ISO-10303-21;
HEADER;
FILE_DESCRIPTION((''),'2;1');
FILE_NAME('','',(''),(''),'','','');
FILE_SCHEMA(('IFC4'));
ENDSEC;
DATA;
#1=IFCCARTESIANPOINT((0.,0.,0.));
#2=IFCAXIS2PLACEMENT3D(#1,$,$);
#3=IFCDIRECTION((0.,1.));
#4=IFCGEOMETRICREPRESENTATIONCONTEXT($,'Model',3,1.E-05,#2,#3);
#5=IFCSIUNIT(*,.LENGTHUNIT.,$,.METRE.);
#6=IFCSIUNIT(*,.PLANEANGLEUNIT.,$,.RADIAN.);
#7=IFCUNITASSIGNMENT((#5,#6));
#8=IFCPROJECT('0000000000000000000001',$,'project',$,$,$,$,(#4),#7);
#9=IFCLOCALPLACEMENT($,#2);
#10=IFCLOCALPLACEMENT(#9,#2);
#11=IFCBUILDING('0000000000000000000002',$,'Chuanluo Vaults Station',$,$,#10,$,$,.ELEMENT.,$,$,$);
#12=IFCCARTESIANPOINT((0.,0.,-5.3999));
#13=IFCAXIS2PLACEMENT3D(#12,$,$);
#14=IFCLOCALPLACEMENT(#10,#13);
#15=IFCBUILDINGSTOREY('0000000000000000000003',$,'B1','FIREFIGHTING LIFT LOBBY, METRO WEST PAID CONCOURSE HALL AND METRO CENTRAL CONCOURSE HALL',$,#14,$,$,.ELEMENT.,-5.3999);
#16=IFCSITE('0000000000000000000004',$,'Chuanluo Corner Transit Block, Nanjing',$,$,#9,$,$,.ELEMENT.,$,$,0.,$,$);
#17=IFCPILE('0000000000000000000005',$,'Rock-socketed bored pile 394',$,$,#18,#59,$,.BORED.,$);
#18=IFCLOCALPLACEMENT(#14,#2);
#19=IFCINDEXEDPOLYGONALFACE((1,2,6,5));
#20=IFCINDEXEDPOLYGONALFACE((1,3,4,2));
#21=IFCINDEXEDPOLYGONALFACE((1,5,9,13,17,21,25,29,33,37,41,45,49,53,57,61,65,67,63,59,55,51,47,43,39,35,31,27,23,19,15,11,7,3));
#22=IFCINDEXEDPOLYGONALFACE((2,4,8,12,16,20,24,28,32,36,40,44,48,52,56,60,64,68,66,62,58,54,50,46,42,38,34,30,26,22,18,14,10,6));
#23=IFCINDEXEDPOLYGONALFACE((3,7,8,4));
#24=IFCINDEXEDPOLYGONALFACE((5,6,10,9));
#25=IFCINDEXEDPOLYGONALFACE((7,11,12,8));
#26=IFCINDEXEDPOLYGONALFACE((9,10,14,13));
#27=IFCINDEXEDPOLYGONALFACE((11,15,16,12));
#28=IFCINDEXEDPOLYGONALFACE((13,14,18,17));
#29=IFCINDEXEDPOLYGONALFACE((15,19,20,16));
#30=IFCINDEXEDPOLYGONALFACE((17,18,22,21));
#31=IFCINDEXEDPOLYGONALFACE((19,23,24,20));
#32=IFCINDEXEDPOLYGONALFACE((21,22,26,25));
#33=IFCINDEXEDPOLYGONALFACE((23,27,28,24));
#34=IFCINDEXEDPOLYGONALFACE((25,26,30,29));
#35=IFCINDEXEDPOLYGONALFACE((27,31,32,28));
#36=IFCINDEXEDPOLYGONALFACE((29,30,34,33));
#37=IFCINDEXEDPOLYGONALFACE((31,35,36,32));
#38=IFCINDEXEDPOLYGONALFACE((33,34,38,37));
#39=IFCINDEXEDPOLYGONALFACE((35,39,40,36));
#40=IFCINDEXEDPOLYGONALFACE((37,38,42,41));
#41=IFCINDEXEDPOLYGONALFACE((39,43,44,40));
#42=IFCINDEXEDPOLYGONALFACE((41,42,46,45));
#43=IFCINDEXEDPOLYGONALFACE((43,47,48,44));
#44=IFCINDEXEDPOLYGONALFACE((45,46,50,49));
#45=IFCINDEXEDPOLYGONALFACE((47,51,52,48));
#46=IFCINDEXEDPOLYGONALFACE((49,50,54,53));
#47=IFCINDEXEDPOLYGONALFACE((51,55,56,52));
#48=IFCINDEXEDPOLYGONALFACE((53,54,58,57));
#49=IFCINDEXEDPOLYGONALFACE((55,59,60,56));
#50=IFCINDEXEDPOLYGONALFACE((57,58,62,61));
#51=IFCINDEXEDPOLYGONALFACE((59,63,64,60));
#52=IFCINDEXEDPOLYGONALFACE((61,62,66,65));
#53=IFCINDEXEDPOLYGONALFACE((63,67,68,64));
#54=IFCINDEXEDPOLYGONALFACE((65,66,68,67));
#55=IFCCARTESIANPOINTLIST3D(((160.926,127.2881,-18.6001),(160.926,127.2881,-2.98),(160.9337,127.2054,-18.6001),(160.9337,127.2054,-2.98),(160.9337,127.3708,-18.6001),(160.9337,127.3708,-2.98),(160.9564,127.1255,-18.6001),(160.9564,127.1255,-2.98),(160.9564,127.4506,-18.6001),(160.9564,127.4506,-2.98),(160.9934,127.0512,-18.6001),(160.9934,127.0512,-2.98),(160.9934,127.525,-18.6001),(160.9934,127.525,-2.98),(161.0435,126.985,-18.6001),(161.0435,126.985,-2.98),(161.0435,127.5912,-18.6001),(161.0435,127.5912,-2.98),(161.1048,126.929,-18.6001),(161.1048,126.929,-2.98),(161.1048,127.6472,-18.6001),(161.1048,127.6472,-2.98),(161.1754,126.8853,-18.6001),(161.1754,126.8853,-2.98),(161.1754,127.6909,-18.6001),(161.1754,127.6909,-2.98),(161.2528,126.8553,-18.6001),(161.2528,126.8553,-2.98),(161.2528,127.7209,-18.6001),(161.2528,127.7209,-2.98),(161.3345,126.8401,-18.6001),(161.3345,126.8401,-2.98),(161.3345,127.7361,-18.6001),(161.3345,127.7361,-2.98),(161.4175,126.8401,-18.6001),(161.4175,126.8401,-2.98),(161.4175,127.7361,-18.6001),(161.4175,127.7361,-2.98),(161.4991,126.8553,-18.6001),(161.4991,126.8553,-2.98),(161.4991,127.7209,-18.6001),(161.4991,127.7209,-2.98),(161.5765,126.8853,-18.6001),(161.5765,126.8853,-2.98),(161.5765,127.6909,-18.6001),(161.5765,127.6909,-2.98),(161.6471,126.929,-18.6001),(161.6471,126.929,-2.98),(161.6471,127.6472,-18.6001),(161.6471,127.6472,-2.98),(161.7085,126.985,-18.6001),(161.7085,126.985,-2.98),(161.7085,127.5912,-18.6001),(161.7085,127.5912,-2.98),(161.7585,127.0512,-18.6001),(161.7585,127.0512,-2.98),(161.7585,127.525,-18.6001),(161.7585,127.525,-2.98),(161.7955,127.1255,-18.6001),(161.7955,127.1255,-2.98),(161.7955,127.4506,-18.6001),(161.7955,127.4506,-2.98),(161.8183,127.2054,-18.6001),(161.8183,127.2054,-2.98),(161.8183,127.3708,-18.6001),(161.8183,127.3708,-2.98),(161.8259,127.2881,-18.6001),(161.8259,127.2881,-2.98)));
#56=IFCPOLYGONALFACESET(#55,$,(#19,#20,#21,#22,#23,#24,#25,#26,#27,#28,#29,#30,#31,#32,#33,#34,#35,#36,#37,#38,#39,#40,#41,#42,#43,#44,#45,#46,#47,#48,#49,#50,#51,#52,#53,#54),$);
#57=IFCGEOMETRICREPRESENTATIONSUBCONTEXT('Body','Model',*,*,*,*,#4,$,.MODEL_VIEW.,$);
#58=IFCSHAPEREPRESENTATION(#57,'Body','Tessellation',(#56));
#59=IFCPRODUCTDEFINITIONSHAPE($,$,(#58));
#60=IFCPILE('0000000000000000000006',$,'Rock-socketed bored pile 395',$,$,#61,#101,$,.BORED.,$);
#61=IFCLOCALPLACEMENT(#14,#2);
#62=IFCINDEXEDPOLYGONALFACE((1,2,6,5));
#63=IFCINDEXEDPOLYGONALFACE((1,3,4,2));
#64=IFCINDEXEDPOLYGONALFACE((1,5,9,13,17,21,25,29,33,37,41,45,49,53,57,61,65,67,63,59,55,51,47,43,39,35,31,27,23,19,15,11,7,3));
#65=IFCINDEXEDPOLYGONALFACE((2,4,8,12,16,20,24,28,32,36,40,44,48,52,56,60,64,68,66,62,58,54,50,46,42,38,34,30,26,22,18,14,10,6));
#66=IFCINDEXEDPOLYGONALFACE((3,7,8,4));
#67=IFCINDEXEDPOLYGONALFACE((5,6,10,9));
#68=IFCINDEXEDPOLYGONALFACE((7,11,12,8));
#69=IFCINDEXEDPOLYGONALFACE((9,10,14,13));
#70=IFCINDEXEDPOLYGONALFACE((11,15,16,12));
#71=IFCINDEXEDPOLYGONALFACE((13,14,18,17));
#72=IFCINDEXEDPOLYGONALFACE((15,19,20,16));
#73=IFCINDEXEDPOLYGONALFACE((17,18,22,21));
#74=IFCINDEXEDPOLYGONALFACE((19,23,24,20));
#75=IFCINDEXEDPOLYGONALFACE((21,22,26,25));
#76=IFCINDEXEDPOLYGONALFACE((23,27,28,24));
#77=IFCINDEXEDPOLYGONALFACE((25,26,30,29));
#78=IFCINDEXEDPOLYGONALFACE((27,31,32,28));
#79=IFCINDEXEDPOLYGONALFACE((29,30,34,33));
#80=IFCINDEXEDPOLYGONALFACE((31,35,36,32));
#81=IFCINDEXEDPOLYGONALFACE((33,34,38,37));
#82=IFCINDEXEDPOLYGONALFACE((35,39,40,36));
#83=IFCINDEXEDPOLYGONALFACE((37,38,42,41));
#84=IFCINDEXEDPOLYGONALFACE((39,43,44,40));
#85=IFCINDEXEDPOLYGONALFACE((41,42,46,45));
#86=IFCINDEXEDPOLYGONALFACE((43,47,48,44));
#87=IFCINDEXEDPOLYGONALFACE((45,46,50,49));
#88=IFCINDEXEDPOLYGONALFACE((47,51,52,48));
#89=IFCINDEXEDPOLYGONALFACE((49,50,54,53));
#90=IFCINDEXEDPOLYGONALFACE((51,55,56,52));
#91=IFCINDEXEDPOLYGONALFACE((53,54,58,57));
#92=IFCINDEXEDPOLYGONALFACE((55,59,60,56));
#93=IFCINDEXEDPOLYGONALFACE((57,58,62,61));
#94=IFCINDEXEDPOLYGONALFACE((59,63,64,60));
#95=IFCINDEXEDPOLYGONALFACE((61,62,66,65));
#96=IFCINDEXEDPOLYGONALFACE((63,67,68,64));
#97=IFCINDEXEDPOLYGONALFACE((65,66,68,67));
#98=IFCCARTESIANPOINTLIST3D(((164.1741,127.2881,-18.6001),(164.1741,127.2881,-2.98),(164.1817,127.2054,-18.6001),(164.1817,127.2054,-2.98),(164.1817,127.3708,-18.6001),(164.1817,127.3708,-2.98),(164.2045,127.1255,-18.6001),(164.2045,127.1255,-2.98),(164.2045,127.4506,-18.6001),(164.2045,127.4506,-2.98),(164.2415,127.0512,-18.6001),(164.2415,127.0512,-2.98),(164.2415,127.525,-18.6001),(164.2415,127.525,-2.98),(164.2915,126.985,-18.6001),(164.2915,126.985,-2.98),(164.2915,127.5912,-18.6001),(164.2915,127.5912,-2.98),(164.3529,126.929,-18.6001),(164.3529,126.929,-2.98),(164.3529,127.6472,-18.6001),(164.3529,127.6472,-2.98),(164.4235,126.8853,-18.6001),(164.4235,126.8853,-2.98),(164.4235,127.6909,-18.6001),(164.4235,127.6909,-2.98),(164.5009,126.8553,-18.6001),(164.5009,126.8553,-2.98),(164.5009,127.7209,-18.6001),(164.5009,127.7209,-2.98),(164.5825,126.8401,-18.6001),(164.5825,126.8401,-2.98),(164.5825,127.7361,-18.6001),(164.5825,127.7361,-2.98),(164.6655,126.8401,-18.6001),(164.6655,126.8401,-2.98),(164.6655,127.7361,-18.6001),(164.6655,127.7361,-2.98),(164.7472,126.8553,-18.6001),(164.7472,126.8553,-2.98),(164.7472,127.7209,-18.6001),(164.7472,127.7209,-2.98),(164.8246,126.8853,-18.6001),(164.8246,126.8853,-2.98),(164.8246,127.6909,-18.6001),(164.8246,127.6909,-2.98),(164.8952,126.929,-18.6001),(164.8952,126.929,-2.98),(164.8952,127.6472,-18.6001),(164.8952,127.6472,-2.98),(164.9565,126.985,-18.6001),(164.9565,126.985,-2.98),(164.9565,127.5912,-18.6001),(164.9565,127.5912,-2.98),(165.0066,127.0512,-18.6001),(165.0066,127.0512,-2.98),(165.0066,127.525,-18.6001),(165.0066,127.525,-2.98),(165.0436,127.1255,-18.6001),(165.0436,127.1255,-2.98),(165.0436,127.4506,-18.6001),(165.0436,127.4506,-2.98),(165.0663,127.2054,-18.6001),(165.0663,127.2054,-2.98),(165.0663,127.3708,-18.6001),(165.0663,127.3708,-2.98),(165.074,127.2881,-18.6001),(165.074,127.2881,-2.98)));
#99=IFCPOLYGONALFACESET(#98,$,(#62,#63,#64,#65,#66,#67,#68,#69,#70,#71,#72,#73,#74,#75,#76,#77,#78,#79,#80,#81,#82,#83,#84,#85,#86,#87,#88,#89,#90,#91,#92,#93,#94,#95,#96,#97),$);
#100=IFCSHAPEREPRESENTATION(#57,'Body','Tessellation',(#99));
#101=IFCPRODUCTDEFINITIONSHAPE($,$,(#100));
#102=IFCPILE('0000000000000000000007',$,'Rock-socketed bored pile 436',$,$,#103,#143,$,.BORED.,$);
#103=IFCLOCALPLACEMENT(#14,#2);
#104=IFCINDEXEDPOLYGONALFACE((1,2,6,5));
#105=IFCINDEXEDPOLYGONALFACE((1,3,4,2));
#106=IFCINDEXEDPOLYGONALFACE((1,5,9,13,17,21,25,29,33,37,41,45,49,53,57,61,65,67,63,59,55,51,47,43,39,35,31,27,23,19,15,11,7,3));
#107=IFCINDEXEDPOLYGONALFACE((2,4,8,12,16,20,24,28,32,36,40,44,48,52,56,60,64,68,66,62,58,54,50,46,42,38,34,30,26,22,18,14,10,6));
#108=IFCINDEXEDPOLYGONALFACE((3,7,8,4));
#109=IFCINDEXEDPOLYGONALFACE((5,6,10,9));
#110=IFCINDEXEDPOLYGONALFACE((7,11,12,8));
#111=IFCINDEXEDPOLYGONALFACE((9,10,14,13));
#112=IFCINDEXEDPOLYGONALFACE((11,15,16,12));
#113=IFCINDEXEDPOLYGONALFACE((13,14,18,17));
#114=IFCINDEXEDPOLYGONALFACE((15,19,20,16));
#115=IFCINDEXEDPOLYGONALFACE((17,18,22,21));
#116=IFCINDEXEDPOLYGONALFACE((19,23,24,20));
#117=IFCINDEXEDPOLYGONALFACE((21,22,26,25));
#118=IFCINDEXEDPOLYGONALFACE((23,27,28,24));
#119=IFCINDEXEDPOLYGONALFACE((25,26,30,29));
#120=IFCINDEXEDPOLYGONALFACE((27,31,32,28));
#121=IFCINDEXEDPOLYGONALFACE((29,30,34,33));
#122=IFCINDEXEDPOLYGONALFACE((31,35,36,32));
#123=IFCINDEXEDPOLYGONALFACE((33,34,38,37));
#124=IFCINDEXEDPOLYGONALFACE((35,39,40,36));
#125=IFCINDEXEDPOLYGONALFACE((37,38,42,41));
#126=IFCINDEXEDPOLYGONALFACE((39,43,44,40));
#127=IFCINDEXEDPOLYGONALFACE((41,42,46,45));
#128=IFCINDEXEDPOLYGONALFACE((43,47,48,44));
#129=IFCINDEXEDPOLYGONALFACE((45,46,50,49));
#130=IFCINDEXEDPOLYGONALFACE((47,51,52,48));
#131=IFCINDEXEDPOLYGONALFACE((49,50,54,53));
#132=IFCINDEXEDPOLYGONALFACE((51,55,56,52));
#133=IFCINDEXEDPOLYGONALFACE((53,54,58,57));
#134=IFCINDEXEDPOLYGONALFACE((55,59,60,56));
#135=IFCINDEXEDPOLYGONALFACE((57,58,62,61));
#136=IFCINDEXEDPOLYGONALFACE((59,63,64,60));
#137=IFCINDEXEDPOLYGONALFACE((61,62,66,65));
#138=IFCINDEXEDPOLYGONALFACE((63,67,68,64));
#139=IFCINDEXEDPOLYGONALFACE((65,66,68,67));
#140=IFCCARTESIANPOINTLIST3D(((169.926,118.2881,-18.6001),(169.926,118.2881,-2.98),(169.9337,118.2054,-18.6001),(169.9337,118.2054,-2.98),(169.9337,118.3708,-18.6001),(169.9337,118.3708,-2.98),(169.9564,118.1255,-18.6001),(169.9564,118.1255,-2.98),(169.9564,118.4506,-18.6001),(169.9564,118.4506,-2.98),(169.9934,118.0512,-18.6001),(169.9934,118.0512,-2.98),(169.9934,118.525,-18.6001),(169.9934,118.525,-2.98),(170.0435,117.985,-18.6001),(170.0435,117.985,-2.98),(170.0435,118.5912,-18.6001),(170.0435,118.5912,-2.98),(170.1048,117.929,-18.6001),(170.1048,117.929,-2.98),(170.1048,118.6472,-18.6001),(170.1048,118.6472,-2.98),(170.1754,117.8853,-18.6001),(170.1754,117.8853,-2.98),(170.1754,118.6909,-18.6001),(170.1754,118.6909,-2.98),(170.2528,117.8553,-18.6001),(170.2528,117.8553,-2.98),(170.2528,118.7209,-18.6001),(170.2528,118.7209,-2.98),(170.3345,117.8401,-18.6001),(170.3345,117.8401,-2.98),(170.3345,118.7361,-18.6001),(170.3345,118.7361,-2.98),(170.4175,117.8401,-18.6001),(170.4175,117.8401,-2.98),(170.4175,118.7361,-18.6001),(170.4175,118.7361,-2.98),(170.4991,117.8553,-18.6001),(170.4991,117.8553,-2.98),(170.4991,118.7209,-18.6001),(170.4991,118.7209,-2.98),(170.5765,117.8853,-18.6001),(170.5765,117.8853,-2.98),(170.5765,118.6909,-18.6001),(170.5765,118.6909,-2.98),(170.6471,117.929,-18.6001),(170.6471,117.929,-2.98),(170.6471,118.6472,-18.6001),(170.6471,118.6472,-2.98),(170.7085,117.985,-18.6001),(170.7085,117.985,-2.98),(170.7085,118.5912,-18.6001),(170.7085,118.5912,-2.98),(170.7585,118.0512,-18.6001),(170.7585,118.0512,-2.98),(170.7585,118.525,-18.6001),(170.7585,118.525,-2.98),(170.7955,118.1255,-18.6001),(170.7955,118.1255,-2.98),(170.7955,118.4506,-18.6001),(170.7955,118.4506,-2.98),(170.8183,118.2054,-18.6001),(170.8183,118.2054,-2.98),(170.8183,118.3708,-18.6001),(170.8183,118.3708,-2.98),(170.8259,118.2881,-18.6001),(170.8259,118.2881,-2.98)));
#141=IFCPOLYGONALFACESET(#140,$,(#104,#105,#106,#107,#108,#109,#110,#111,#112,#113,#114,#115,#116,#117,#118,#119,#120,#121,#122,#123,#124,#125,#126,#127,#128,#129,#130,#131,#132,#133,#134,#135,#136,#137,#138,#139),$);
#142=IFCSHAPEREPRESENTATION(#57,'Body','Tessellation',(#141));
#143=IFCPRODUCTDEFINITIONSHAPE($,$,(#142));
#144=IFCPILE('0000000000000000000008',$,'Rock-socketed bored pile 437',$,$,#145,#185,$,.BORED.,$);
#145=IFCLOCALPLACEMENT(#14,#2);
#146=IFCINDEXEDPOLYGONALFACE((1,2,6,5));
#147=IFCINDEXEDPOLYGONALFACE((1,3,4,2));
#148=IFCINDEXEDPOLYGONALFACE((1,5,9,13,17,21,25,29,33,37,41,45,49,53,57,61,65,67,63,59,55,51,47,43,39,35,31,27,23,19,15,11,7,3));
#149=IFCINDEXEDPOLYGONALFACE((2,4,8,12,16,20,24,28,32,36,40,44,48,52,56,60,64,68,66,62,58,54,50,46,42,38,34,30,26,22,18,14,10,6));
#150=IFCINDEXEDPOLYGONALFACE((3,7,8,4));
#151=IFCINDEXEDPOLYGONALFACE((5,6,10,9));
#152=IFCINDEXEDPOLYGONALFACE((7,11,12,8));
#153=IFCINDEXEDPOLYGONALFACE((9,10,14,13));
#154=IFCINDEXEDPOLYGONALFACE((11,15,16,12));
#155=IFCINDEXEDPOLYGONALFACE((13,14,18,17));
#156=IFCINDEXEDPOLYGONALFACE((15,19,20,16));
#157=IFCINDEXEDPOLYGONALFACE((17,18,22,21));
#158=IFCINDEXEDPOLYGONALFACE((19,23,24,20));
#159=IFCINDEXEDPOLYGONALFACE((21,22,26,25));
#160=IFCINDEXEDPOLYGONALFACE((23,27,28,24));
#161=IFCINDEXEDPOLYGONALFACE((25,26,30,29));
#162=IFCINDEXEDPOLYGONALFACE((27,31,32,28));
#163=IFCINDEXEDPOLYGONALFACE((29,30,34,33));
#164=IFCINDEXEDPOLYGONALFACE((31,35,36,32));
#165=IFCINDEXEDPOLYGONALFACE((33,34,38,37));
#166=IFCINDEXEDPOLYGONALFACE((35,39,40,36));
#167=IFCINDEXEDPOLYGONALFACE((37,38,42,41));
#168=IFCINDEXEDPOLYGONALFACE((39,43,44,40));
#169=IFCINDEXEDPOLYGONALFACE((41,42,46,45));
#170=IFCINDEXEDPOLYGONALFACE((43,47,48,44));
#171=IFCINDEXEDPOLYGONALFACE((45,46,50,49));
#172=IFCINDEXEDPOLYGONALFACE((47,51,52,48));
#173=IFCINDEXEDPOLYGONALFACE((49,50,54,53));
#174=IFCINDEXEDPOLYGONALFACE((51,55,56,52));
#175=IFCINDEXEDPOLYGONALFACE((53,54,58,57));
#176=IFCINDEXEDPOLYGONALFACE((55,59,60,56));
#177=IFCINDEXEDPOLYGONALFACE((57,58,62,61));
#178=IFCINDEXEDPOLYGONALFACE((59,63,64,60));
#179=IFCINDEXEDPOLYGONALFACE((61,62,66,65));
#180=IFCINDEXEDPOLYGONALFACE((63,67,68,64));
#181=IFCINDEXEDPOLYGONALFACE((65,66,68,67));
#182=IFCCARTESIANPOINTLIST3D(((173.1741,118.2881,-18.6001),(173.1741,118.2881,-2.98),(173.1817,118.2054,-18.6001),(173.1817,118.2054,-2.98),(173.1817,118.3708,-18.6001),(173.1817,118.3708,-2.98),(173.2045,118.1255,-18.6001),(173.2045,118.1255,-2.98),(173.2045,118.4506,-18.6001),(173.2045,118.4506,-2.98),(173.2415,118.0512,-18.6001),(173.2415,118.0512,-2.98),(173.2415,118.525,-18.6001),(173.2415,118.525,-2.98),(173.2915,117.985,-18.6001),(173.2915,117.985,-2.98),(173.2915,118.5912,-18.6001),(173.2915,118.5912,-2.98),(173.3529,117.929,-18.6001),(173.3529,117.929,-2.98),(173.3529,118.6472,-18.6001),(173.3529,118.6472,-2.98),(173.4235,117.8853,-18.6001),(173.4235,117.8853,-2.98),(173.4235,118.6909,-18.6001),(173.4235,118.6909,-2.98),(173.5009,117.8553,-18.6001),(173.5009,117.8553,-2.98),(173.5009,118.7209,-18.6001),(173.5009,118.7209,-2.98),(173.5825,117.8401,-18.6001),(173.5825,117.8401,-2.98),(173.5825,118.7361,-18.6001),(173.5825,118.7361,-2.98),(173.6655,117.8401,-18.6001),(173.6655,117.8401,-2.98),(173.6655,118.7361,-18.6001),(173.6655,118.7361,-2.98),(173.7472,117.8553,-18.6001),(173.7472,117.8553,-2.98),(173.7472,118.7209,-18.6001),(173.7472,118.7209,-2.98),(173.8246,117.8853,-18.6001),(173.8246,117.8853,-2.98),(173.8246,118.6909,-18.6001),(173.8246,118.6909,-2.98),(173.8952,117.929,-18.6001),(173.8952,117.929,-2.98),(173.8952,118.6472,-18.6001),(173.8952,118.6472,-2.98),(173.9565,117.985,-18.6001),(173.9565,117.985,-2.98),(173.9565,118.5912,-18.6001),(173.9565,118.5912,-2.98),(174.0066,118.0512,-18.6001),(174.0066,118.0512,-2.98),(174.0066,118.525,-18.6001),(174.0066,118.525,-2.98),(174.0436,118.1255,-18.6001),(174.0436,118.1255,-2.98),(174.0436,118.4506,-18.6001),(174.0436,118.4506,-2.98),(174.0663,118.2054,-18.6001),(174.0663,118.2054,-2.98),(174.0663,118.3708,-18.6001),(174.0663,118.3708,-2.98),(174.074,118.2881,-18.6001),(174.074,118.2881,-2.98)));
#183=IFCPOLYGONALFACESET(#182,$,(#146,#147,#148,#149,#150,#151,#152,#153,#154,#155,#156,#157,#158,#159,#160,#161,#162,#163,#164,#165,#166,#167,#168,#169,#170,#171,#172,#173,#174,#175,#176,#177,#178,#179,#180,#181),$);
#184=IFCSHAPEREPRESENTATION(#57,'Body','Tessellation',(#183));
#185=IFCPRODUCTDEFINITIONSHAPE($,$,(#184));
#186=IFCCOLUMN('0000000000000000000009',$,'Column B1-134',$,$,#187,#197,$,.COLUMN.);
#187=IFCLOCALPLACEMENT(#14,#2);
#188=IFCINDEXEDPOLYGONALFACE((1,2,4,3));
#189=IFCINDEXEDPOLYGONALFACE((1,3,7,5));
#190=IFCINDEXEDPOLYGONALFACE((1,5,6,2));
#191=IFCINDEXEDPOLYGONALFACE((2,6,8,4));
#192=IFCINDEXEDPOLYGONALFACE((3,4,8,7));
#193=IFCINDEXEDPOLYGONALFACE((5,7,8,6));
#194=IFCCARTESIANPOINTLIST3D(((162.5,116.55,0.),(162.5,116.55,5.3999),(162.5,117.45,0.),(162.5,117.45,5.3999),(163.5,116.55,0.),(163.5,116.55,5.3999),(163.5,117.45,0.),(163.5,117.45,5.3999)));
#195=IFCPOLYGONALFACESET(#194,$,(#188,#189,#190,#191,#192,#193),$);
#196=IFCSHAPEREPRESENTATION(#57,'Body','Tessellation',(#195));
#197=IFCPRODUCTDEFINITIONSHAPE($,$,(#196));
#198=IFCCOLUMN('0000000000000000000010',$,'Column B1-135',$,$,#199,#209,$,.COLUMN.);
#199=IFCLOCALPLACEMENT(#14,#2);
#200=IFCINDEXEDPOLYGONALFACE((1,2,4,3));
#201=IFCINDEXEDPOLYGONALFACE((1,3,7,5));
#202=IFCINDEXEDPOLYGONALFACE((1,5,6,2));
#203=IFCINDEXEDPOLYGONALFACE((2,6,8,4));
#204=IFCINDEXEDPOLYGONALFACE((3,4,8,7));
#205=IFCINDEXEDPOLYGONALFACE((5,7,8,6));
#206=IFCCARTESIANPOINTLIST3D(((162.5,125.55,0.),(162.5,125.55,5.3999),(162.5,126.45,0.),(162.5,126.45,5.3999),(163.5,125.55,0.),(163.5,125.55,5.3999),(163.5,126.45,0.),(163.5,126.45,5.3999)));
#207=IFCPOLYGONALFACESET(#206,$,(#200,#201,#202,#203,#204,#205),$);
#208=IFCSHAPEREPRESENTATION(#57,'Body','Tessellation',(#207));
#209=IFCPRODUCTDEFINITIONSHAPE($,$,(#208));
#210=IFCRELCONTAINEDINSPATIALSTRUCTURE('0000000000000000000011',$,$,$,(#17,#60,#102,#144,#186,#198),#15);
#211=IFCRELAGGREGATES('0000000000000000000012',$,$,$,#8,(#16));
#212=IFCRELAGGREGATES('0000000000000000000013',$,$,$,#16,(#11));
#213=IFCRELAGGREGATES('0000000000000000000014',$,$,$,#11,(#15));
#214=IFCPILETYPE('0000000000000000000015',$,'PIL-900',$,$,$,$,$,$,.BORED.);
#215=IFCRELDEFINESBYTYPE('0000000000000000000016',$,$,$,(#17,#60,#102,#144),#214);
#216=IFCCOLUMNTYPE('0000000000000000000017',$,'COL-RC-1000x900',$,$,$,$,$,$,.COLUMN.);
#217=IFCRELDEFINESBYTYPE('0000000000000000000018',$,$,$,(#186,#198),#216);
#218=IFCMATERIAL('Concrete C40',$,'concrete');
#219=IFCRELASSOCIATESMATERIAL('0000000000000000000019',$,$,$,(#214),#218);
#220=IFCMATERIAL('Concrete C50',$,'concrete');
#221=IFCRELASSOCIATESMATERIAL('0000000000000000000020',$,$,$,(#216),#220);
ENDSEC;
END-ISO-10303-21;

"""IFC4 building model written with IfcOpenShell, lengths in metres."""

from ifc_helpers import new_model, si_unit, direction, frame, origin, origin_2d, place, context, subcontext, project, spatial, rectangle, circle, extrude, material, material_profile, profile_set, type_object, element, save


model = new_model("IFC4")

# Units and contexts
model_context = context("Model", 3, precision=1e-05, world=origin(), true_north=direction((0.0, 1.0)))
body_context = subcontext(model_context, "Body", "Model", "MODEL_VIEW")
ifc_project = project(units=[si_unit("LENGTHUNIT", "METRE"), si_unit("PLANEANGLEUNIT", "RADIAN")], contexts=[model_context])

# Site, building, storey
site_placement = place(None, origin())
site = spatial("IfcSite", under=ifc_project, at=site_placement, Name="Chuanluo Corner Transit Block, Nanjing", CompositionType="ELEMENT", RefElevation=0.0)
building_placement = place(site_placement, origin())
building = spatial("IfcBuilding", under=site, at=building_placement, Name="Chuanluo Vaults Station", CompositionType="ELEMENT")
storey_placement = place(building_placement, frame((0.0, 0.0, -5.3999)))
storey = spatial("IfcBuildingStorey", under=building, at=storey_placement, Name="B1", Description="FIREFIGHTING LIFT LOBBY, METRO WEST PAID CONCOURSE HALL AND METRO CENTRAL CONCOURSE HALL", CompositionType="ELEMENT", Elevation=-5.3999)

# Piles
ifc_material_1 = material(Name="Concrete C40", Category="concrete")
ifc_material_profile_1 = material_profile(ifc_material_1, circle(Radius=0.45, at=origin_2d()))
ifc_profile_set_1 = profile_set([ifc_material_profile_1], Name="Concrete C40")
pile_type_1 = type_object("IfcPileType", Name="PIL-900", PredefinedType="BORED", material=ifc_profile_set_1)
for number, where, z_axis, x_axis, name in (
    (1, (161.376, 127.2881, -2.98), (0.0, 0.0, -1.0), (1.0, 0.0, 0.0), "Rock-socketed bored pile 394"),
    (2, (164.624, 127.2881, -2.98), (0.0, 0.0, -1.0), (1.0, 0.0, 0.0), "Rock-socketed bored pile 395"),
    (3, (170.376, 118.2881, -2.98), (0.0, 0.0, -1.0), (1.0, 0.0, 0.0), "Rock-socketed bored pile 436"),
    (4, (173.624, 118.2881, -2.98), (0.0, 0.0, -1.0), (1.0, 0.0, 0.0), "Rock-socketed bored pile 437"),
):
    element("IfcPile", number, at=place(storey_placement, frame(where, z_axis=z_axis, x_axis=x_axis)), inside=storey, type_object=pile_type_1, Name=name, PredefinedType="BORED", context=body_context, shape_type="SweptSolid", body=[
        extrude(circle(Radius=0.45, at=origin_2d()), origin(), (0.0, 0.0, 1.0), 15.6201),
    ])

# Columns
ifc_material_2 = material(Name="Concrete C50", Category="concrete")
ifc_material_profile_2 = material_profile(ifc_material_2, rectangle(XDim=1.0, YDim=0.8999, at=origin_2d()))
ifc_profile_set_2 = profile_set([ifc_material_profile_2], Name="Concrete C50")
column_type = type_object("IfcColumnType", Name="COL-RC-1000x900", PredefinedType="COLUMN", material=ifc_profile_set_2)
for number, where, z_axis, x_axis, name in (
    (5, (163.0, 117.0, 0.0), (0.0, 0.0, 1.0), (1.0, 0.0, 0.0), "Column B1-134"),
    (6, (163.0, 126.0, 0.0), (0.0, 0.0, 1.0), (1.0, 0.0, 0.0), "Column B1-135"),
):
    element("IfcColumn", number, at=place(storey_placement, frame(where, z_axis=z_axis, x_axis=x_axis)), inside=storey, type_object=column_type, Name=name, PredefinedType="COLUMN", context=body_context, shape_type="SweptSolid", body=[
        extrude(rectangle(XDim=1.0, YDim=0.8999, at=origin_2d()), origin(), (0.0, 0.0, 1.0), 5.3999),
    ])

save(model, "model.ifc")
